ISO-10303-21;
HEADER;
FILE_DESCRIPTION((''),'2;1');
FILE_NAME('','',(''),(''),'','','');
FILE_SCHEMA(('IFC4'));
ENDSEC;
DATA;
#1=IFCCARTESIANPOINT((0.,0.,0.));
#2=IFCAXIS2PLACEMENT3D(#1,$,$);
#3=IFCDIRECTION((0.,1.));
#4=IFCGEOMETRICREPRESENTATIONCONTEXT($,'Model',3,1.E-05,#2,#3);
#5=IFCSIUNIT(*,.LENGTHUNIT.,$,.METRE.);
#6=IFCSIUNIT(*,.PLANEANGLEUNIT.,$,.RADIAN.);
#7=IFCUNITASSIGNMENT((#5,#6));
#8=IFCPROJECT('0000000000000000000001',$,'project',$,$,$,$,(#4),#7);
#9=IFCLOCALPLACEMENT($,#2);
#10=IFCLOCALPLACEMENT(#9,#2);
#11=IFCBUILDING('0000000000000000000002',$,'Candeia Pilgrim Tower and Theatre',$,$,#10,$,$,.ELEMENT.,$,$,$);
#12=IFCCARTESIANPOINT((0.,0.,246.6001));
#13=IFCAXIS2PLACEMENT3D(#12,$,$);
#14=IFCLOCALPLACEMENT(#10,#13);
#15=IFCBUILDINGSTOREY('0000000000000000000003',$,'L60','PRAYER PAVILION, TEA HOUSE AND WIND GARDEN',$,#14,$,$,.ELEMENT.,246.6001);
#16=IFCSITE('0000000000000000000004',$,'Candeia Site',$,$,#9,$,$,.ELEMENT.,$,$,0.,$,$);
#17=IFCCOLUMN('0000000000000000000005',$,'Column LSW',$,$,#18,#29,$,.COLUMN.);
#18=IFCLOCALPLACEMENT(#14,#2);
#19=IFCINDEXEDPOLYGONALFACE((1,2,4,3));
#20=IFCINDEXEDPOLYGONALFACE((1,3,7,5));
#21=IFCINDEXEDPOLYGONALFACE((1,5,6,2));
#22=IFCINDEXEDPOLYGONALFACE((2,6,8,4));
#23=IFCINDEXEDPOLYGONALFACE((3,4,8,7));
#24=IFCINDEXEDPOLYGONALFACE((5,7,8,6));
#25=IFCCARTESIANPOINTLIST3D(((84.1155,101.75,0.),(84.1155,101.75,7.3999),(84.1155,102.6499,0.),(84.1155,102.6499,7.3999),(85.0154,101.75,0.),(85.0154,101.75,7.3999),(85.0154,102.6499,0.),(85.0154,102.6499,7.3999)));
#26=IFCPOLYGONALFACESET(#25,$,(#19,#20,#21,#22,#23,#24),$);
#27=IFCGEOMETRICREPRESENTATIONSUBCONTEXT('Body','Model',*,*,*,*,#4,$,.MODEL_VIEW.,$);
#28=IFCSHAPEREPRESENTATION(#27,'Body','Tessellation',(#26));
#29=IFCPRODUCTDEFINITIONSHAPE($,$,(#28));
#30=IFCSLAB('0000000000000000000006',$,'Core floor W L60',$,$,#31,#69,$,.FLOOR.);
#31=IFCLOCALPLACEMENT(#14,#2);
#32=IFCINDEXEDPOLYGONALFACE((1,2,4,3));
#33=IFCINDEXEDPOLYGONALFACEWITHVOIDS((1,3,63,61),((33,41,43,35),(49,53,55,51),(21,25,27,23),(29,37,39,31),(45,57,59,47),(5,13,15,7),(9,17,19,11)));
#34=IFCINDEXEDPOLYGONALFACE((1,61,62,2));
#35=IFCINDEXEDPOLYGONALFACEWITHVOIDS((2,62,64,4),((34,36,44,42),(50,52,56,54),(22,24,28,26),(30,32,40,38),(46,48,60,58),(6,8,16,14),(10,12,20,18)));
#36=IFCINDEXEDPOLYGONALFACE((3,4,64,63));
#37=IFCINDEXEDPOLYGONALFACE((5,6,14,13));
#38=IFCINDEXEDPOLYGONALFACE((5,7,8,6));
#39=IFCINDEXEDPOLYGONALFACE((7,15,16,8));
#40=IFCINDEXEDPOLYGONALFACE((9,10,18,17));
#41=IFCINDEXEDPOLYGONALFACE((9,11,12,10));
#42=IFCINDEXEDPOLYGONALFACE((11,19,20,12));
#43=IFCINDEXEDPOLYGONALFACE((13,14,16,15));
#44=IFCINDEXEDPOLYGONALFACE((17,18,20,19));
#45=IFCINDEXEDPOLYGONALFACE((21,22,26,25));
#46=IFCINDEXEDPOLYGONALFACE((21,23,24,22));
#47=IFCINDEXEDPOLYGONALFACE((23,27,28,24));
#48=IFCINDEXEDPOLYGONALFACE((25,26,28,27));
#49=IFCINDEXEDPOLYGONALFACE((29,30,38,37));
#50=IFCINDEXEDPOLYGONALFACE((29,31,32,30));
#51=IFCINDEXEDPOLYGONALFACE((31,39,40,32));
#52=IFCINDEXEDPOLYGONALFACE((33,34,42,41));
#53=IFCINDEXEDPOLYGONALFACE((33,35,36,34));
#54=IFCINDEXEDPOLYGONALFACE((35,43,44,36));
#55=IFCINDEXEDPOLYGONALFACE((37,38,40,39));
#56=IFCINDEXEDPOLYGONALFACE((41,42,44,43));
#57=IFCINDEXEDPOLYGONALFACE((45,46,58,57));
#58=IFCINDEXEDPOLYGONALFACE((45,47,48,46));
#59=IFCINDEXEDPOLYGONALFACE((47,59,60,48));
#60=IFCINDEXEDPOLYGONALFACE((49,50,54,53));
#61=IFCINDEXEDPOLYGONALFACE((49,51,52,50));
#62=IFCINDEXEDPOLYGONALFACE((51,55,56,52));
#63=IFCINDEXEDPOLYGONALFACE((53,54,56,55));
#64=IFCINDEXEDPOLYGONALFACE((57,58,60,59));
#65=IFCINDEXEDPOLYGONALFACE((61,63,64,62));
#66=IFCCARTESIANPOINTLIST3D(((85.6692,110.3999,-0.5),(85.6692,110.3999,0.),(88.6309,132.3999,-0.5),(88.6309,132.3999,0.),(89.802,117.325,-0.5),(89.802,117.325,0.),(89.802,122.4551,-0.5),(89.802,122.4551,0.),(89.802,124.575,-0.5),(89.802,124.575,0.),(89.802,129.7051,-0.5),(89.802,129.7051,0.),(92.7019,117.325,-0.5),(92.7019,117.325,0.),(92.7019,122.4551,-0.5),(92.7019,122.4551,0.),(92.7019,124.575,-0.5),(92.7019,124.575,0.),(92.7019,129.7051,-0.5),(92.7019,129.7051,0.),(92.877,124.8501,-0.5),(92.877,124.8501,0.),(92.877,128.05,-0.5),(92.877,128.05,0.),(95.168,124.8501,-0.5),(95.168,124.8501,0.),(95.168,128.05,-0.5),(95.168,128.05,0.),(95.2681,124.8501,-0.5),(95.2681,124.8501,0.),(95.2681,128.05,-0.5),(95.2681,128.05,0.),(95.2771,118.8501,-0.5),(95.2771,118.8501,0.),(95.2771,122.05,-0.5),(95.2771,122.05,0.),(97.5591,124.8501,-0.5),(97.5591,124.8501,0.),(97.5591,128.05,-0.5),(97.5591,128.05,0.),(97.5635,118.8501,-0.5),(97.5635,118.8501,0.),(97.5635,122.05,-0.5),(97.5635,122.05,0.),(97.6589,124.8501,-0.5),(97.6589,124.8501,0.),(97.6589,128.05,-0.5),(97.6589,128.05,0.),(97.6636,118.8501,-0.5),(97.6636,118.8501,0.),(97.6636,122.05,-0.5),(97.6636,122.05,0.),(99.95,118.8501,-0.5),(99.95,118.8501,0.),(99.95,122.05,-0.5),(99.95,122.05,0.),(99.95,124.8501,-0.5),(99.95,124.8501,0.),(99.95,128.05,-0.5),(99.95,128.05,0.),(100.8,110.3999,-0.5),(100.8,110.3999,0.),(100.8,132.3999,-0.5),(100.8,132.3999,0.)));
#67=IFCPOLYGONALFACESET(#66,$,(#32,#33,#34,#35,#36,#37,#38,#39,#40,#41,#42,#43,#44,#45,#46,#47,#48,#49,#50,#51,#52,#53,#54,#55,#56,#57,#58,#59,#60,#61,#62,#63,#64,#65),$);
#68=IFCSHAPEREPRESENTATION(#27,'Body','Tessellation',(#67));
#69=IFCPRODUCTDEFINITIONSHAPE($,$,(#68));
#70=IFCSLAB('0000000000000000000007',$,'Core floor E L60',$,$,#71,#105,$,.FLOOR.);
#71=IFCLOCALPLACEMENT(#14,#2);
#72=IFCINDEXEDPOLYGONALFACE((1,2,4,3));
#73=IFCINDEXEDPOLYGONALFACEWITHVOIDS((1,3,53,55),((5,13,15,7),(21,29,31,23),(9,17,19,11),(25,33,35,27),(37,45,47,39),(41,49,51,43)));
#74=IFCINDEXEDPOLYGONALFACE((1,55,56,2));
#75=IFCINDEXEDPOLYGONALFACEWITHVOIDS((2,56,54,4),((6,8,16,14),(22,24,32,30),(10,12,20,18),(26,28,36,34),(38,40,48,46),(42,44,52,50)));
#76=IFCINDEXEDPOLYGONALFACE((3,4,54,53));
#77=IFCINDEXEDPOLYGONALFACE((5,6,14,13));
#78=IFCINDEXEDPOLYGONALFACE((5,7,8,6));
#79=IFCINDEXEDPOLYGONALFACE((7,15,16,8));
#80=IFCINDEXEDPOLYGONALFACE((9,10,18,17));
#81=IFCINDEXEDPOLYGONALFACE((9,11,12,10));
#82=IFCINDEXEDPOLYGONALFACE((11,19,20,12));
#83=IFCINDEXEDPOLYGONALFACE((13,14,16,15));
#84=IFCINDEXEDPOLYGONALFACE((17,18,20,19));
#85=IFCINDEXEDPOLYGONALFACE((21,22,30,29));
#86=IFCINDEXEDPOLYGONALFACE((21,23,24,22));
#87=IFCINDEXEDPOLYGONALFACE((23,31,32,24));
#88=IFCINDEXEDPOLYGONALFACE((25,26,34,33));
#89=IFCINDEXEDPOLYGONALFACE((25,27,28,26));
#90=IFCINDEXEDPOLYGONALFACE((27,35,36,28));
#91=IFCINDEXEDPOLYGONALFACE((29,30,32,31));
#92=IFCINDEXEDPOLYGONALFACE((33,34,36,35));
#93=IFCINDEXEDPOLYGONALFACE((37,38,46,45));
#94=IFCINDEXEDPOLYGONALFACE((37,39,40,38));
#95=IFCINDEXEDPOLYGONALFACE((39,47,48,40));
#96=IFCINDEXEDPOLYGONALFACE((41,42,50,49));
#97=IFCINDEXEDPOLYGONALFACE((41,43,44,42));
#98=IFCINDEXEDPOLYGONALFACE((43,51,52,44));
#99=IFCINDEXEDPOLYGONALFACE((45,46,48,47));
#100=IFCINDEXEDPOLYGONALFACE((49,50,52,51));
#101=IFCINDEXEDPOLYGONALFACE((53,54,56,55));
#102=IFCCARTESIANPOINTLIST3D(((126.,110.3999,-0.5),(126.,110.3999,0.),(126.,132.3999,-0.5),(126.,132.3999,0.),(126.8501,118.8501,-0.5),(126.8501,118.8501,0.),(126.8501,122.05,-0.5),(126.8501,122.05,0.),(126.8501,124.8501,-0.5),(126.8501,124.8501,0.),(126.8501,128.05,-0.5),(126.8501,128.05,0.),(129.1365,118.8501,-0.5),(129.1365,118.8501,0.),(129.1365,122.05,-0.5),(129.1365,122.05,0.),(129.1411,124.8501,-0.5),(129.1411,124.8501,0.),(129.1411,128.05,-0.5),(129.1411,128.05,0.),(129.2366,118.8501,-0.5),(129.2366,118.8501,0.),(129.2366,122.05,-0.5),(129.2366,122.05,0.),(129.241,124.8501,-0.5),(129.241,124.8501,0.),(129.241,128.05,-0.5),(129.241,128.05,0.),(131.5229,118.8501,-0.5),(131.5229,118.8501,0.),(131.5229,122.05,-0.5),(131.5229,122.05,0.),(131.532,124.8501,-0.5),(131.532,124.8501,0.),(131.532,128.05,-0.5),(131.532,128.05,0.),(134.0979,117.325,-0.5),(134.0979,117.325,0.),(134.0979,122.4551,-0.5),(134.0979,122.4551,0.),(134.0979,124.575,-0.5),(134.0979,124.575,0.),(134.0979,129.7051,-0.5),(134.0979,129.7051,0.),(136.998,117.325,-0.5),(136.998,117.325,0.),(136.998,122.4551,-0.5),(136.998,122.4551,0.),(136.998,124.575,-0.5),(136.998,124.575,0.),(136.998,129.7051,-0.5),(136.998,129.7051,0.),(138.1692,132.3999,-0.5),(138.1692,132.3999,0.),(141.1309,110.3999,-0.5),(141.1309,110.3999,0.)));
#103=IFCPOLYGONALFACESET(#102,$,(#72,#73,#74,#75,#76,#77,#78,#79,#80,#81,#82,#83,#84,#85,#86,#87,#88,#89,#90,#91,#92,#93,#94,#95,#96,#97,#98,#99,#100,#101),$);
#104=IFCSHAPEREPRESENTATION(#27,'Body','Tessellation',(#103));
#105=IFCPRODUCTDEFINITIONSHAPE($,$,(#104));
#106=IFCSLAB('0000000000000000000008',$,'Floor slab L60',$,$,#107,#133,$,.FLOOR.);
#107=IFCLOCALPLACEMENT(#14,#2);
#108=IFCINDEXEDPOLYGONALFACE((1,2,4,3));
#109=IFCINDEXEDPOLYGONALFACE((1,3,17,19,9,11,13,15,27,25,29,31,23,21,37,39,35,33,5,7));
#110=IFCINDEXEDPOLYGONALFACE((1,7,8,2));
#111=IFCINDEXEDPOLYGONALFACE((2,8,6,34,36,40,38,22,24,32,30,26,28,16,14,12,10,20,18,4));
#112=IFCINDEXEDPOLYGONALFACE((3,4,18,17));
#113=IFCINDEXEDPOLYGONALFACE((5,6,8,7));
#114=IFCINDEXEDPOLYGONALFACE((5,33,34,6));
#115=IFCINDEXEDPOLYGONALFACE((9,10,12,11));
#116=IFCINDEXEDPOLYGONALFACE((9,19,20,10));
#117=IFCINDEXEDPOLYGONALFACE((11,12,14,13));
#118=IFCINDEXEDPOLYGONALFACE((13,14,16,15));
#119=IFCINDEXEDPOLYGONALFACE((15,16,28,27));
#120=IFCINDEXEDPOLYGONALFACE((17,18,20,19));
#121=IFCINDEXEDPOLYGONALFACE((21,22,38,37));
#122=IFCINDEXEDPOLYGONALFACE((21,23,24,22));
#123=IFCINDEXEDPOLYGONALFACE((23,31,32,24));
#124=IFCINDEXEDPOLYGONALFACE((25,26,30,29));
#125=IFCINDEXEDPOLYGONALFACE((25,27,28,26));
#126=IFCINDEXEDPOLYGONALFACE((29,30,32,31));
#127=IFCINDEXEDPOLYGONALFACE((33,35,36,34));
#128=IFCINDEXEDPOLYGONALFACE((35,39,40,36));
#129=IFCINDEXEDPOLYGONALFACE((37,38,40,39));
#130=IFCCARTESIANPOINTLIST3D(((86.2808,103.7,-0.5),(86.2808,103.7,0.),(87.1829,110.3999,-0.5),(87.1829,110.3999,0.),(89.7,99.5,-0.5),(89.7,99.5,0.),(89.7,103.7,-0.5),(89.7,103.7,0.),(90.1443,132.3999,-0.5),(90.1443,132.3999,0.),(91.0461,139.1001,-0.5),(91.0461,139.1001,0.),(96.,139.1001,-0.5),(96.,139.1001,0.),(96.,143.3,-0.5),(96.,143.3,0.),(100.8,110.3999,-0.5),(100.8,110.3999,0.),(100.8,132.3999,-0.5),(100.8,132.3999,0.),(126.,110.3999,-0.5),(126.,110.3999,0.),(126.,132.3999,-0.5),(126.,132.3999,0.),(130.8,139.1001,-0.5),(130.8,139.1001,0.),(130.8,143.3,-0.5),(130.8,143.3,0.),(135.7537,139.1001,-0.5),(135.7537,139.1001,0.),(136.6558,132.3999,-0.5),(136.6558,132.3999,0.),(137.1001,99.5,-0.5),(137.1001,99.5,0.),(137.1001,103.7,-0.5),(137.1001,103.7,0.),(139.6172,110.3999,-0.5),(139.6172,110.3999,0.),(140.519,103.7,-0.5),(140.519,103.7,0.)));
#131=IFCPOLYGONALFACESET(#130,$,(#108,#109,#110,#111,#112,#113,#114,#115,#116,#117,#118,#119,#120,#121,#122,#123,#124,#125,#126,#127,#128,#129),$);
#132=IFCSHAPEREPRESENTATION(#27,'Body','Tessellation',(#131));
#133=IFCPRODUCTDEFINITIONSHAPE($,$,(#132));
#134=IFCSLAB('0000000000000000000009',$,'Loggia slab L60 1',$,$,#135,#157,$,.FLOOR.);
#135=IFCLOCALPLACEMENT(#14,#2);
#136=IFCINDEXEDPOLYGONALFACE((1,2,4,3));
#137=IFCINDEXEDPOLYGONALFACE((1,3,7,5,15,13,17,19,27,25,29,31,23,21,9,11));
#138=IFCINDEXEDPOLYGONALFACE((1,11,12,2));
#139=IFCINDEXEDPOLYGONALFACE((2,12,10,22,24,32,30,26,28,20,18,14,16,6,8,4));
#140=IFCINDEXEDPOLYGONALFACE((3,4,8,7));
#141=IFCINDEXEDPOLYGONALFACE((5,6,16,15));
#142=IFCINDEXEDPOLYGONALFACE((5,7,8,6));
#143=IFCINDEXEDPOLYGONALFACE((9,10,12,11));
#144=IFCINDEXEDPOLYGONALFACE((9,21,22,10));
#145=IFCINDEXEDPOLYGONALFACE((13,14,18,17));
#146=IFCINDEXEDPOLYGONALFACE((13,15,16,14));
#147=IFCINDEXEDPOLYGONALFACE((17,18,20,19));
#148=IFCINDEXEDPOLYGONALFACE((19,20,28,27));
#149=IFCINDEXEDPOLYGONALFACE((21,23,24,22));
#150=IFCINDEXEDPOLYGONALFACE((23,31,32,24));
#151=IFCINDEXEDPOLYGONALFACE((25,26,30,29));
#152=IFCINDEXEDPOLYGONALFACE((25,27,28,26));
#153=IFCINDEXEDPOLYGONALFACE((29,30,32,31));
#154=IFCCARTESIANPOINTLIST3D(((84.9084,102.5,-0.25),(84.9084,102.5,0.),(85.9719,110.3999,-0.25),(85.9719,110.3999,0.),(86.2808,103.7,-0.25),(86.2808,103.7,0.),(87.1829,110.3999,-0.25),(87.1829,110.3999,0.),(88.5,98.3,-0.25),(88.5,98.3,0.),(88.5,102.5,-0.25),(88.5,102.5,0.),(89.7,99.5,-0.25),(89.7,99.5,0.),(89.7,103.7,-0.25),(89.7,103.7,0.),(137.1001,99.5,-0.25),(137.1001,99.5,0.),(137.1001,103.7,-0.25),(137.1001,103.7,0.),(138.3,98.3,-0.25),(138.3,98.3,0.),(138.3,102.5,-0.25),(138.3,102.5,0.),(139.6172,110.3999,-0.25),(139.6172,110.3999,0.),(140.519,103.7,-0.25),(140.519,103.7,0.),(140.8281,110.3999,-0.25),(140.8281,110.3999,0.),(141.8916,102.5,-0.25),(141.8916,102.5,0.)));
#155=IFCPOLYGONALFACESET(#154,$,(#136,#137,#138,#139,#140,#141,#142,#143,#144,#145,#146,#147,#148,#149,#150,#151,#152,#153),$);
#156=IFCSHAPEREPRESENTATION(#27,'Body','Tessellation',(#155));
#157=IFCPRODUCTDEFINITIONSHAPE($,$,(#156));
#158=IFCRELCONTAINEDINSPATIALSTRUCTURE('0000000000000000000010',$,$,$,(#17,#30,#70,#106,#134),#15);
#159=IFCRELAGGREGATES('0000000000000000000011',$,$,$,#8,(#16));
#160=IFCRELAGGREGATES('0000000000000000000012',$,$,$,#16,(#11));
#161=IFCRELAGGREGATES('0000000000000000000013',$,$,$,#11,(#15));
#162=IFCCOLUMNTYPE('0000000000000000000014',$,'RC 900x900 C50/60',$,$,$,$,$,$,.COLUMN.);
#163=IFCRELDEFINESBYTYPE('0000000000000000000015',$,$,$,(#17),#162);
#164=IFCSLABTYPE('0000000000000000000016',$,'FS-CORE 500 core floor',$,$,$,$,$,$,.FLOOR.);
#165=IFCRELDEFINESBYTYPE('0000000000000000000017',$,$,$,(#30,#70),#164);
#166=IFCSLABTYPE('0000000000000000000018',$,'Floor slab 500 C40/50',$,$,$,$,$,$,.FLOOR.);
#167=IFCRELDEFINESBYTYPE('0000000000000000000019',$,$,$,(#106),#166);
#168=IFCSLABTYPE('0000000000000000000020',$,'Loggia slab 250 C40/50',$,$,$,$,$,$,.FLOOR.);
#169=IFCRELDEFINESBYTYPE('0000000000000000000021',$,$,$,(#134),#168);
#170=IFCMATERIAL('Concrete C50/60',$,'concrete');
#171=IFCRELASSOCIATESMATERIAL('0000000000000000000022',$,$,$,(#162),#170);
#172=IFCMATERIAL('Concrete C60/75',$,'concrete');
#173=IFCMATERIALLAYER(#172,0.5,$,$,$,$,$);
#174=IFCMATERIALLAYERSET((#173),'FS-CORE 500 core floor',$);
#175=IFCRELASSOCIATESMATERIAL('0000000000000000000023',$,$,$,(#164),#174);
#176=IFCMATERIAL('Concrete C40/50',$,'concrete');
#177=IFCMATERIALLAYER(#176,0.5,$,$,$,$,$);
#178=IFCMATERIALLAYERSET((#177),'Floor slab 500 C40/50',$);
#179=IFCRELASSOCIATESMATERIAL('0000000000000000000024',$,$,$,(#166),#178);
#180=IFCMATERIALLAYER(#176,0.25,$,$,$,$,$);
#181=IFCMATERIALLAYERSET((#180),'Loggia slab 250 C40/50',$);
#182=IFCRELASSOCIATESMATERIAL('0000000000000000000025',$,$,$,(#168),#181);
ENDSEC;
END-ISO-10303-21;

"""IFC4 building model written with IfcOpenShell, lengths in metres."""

from ifc_helpers import new_model, si_unit, direction, frame, origin, origin_2d, place, context, subcontext, project, spatial, polyline, rectangle, outline, extrude, material, layer, layer_set, material_profile, profile_set, type_object, element, save


model = new_model("IFC4")

# Units and contexts
model_context = context("Model", 3, precision=1e-05, world=origin(), true_north=direction((0.0, 1.0)))
body_context = subcontext(model_context, "Body", "Model", "MODEL_VIEW")
ifc_project = project(units=[si_unit("LENGTHUNIT", "METRE"), si_unit("PLANEANGLEUNIT", "RADIAN")], contexts=[model_context])

# Site, building, storey
site_placement = place(None, origin())
site = spatial("IfcSite", under=ifc_project, at=site_placement, Name="Candeia Site", CompositionType="ELEMENT", RefElevation=0.0)
building_placement = place(site_placement, origin())
building = spatial("IfcBuilding", under=site, at=building_placement, Name="Candeia Pilgrim Tower and Theatre", CompositionType="ELEMENT")
storey_placement = place(building_placement, frame((0.0, 0.0, 246.6001)))
storey = spatial("IfcBuildingStorey", under=building, at=storey_placement, Name="L60", Description="PRAYER PAVILION, TEA HOUSE AND WIND GARDEN", CompositionType="ELEMENT", Elevation=246.6001)

# Column
ifc_material_1 = material(Name="Concrete C50/60", Category="concrete")
ifc_material_profile = material_profile(ifc_material_1, rectangle(XDim=0.8999, YDim=0.8999, at=origin_2d()))
ifc_profile_set = profile_set([ifc_material_profile], Name="Concrete C50/60")
column_type = type_object("IfcColumnType", Name="RC 900x900 C50/60", PredefinedType="COLUMN", material=ifc_profile_set)
column_placement = place(storey_placement, frame((84.5654, 102.2, 0.0), z_axis=(0.0, 0.0, 1.0), x_axis=(1.0, 0.0, 0.0)))
element("IfcColumn", 1, at=column_placement, inside=storey, type_object=column_type, Name="Column LSW", PredefinedType="COLUMN", context=body_context, shape_type="SweptSolid", body=[
    extrude(rectangle(XDim=0.8999, YDim=0.8999, at=origin_2d()), origin(), (0.0, 0.0, 1.0), 7.3999),
])

# Slabs
ifc_material_2 = material(Name="Concrete C60/75", Category="concrete")
ifc_layer_1 = layer(ifc_material_2, 0.5)
ifc_layer_set_1 = layer_set([ifc_layer_1], Name="FS-CORE 500 core floor")
slab_type_1 = type_object("IfcSlabType", Name="FS-CORE 500 core floor", PredefinedType="FLOOR", material=ifc_layer_set_1)
slab_1_placement = place(storey_placement, frame((0.0, 0.0, -0.5)))
element("IfcSlab", 2, at=slab_1_placement, inside=storey, type_object=slab_type_1, Name="Core floor W L60", PredefinedType="FLOOR", context=body_context, shape_type="SweptSolid", body=[
    extrude(outline(polyline([(100.8, 132.3999), (100.8, 110.3999), (85.6692, 110.3999), (88.6309, 132.3999), (100.8, 132.3999)]), holes=[polyline([(97.6589, 128.05), (97.6589, 124.8501), (99.95, 124.8501), (99.95, 128.05), (97.6589, 128.05)]), polyline([(97.6636, 122.05), (97.6636, 118.8501), (99.95, 118.8501), (99.95, 122.05), (97.6636, 122.05)]), polyline([(95.2771, 122.05), (95.2771, 118.8501), (97.5635, 118.8501), (97.5635, 122.05), (95.2771, 122.05)]), polyline([(95.2681, 128.05), (95.2681, 124.8501), (97.5591, 124.8501), (97.5591, 128.05), (95.2681, 128.05)]), polyline([(92.877, 128.05), (92.877, 124.8501), (95.168, 124.8501), (95.168, 128.05), (92.877, 128.05)]), polyline([(89.802, 117.325), (92.7019, 117.325), (92.7019, 122.4551), (89.802, 122.4551), (89.802, 117.325)]), polyline([(89.802, 129.7051), (89.802, 124.575), (92.7019, 124.575), (92.7019, 129.7051), (89.802, 129.7051)])]), origin(), (0.0, 0.0, 1.0), 0.5),
])
slab_2_placement = place(storey_placement, frame((0.0, 0.0, -0.5)))
element("IfcSlab", 3, at=slab_2_placement, inside=storey, type_object=slab_type_1, Name="Core floor E L60", PredefinedType="FLOOR", context=body_context, shape_type="SweptSolid", body=[
    extrude(outline(polyline([(138.1692, 132.3999), (141.1309, 110.3999), (126.0, 110.3999), (126.0, 132.3999), (138.1692, 132.3999)]), holes=[polyline([(134.0979, 117.325), (136.998, 117.325), (136.998, 122.4551), (134.0979, 122.4551), (134.0979, 117.325)]), polyline([(134.0979, 129.7051), (134.0979, 124.575), (136.998, 124.575), (136.998, 129.7051), (134.0979, 129.7051)]), polyline([(131.532, 128.05), (129.241, 128.05), (129.241, 124.8501), (131.532, 124.8501), (131.532, 128.05)]), polyline([(131.5229, 122.05), (129.2366, 122.05), (129.2366, 118.8501), (131.5229, 118.8501), (131.5229, 122.05)]), polyline([(126.8501, 128.05), (126.8501, 124.8501), (129.1411, 124.8501), (129.1411, 128.05), (126.8501, 128.05)]), polyline([(129.1365, 122.05), (126.8501, 122.05), (126.8501, 118.8501), (129.1365, 118.8501), (129.1365, 122.05)])]), origin(), (0.0, 0.0, 1.0), 0.5),
])
ifc_material_3 = material(Name="Concrete C40/50", Category="concrete")
ifc_layer_2 = layer(ifc_material_3, 0.5)
ifc_layer_set_2 = layer_set([ifc_layer_2], Name="Floor slab 500 C40/50")
slab_type_2 = type_object("IfcSlabType", Name="Floor slab 500 C40/50", PredefinedType="FLOOR", material=ifc_layer_set_2)
slab_3_placement = place(storey_placement, frame((0.0, 0.0, -0.5)))
element("IfcSlab", 4, at=slab_3_placement, inside=storey, type_object=slab_type_2, Name="Floor slab L60", PredefinedType="FLOOR", context=body_context, shape_type="SweptSolid", body=[
    extrude(outline(polyline([(96.0, 139.1001), (96.0, 143.3), (130.8, 143.3), (130.8, 139.1001), (135.7537, 139.1001), (136.6558, 132.3999), (126.0, 132.3999), (126.0, 110.3999), (139.6172, 110.3999), (140.519, 103.7), (137.1001, 103.7), (137.1001, 99.5), (89.7, 99.5), (89.7, 103.7), (86.2808, 103.7), (87.1829, 110.3999), (100.8, 110.3999), (100.8, 132.3999), (90.1443, 132.3999), (91.0461, 139.1001), (96.0, 139.1001)])), origin(), (0.0, 0.0, 1.0), 0.5),
])
ifc_layer_3 = layer(ifc_material_3, 0.25)
ifc_layer_set_3 = layer_set([ifc_layer_3], Name="Loggia slab 250 C40/50")
slab_type_3 = type_object("IfcSlabType", Name="Loggia slab 250 C40/50", PredefinedType="FLOOR", material=ifc_layer_set_3)
slab_4_placement = place(storey_placement, frame((0.0, 0.0, -0.25)))
element("IfcSlab", 5, at=slab_4_placement, inside=storey, type_object=slab_type_3, Name="Loggia slab L60 1", PredefinedType="FLOOR", context=body_context, shape_type="SweptSolid", body=[
    extrude(outline(polyline([(87.1829, 110.3999), (86.2808, 103.7), (89.7, 103.7), (89.7, 99.5), (137.1001, 99.5), (137.1001, 103.7), (140.519, 103.7), (139.6172, 110.3999), (140.8281, 110.3999), (141.8916, 102.5), (138.3, 102.5), (138.3, 98.3), (88.5, 98.3), (88.5, 102.5), (84.9084, 102.5), (85.9719, 110.3999), (87.1829, 110.3999)])), origin(), (0.0, 0.0, 1.0), 0.25),
])

save(model, "model.ifc")
